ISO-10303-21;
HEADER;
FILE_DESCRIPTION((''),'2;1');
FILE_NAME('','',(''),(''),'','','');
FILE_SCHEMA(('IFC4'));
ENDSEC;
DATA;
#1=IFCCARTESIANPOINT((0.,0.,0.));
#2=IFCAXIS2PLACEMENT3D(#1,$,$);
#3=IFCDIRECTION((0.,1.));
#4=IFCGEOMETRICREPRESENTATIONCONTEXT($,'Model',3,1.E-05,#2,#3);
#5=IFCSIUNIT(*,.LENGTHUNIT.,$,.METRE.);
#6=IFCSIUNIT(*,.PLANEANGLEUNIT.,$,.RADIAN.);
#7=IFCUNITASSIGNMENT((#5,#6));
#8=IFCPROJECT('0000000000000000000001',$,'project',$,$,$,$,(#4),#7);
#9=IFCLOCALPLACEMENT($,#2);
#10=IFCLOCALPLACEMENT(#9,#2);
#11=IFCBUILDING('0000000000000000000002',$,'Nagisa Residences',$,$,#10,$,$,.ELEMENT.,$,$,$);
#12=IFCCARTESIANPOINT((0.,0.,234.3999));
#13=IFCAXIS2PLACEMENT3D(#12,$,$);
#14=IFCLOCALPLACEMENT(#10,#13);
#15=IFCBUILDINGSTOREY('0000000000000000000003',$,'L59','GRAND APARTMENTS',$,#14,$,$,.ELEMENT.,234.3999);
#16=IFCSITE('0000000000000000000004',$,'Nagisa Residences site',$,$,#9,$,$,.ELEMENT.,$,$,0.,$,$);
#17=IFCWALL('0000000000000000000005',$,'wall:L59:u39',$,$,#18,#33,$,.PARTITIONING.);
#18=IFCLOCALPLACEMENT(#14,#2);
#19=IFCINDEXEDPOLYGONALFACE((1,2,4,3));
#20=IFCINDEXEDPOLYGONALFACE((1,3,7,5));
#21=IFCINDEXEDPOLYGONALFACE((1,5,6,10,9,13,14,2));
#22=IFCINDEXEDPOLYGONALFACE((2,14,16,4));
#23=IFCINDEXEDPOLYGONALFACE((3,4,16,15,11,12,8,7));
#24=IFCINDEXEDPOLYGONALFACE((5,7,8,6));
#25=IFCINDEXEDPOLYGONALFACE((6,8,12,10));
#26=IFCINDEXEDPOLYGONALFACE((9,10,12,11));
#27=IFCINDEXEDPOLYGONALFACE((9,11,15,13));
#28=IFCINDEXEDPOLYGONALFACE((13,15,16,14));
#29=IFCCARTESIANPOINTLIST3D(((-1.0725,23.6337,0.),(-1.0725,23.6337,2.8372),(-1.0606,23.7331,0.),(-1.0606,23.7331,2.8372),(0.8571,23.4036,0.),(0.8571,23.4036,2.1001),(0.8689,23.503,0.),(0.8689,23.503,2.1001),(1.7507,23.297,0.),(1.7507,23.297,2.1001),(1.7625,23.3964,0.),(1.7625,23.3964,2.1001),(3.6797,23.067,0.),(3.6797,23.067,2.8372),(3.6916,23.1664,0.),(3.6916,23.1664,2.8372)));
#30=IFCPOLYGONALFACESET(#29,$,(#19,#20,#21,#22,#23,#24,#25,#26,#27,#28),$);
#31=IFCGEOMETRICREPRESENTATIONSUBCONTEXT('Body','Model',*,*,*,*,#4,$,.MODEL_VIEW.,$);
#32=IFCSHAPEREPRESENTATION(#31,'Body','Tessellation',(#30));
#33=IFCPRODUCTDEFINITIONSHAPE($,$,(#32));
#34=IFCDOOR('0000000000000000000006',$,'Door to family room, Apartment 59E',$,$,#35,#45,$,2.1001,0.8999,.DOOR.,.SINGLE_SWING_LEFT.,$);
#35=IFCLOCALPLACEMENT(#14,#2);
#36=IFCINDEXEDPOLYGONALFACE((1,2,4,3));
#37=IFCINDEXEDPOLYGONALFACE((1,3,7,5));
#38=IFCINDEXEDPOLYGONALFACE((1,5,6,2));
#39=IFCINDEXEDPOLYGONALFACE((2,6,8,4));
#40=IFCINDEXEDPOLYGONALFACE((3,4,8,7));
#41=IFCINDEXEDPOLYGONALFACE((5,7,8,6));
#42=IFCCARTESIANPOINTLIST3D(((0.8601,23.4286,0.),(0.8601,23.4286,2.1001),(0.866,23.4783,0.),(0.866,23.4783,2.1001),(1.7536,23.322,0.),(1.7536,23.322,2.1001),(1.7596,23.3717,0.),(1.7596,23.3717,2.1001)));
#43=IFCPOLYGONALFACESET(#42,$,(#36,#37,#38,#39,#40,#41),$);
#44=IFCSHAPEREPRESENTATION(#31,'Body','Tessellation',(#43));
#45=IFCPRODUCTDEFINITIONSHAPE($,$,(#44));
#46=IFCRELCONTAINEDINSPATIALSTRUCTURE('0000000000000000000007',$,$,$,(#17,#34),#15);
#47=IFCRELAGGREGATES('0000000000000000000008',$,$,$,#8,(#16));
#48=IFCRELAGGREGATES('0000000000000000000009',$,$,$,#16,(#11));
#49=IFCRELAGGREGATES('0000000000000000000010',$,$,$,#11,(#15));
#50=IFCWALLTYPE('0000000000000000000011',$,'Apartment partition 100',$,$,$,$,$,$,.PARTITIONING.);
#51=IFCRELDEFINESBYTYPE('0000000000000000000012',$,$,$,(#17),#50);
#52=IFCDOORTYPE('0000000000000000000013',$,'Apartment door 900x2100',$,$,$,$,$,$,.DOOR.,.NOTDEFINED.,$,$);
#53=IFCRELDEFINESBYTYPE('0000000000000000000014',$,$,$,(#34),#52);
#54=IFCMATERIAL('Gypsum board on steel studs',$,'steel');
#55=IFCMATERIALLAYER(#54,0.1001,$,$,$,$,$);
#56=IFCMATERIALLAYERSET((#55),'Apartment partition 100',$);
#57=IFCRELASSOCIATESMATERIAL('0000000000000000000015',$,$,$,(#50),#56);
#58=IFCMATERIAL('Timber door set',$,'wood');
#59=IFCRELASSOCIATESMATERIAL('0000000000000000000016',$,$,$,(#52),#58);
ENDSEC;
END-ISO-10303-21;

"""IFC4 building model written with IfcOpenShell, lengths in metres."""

from ifc_helpers import new_model, si_unit, direction, frame, frame_2d, origin, place, context, subcontext, project, spatial, rectangle, extrude, material, layer, layer_set, type_object, element, fill, save


model = new_model("IFC4")

# Units and contexts
model_context = context("Model", 3, precision=1e-05, world=origin(), true_north=direction((0.0, 1.0)))
body_context = subcontext(model_context, "Body", "Model", "MODEL_VIEW")
ifc_project = project(units=[si_unit("LENGTHUNIT", "METRE"), si_unit("PLANEANGLEUNIT", "RADIAN")], contexts=[model_context])

# Site, building, storey
site_placement = place(None, origin())
site = spatial("IfcSite", under=ifc_project, at=site_placement, Name="Nagisa Residences site", CompositionType="ELEMENT", RefElevation=0.0)
building_placement = place(site_placement, origin())
building = spatial("IfcBuilding", under=site, at=building_placement, Name="Nagisa Residences", CompositionType="ELEMENT")
storey_placement = place(building_placement, frame((0.0, 0.0, 234.3999)))
storey = spatial("IfcBuildingStorey", under=building, at=storey_placement, Name="L59", Description="GRAND APARTMENTS", CompositionType="ELEMENT", Elevation=234.3999)

# Shared definitions
ifc_material_1 = material(Name="Gypsum board on steel studs", Category="steel")
ifc_layer_1 = layer(ifc_material_1, 0.1001)
ifc_layer_set_1 = layer_set([ifc_layer_1], Name="Apartment partition 100")
wall_type_1 = type_object("IfcWallType", Name="Apartment partition 100", PredefinedType="PARTITIONING", material=ifc_layer_set_1)

# Shared definitions
ifc_material_2 = material(Name="Timber door set", Category="wood")
door_type_1 = type_object("IfcDoorType", Name="Apartment door 900x2100", OperationType="NOTDEFINED", PredefinedType="DOOR", material=ifc_material_2)

# Wall, opening, door
wall_1_placement = place(storey_placement, frame((3.6858, 23.1167, 0.0), z_axis=(0.0, 0.0, 1.0), x_axis=(-0.992966, 0.118401, 0.0)))
wall_1 = element("IfcWall", 1, at=wall_1_placement, inside=storey, type_object=wall_type_1, Name="wall:L59:u39", PredefinedType="PARTITIONING", context=body_context, shape_type="SweptSolid", body=[
    extrude(rectangle(XDim=4.7859, YDim=0.1001, at=frame_2d((2.3931, 0.0))), origin(), (0.0, 0.0, 1.0), 2.8372),
])
opening_1_placement = place(wall_1_placement, frame((1.9429, 0.0, 0.0)))
opening_1 = element("IfcOpeningElement", 2, at=opening_1_placement, cuts=wall_1, PredefinedType="OPENING", context=body_context, shape_type="SweptSolid", body=[
    extrude(rectangle(XDim=0.8999, YDim=2.1001, at=frame_2d((0.45, 1.05))), frame((0.0, 0.0601, 0.0), z_axis=(0.0, -1.0, 0.0), x_axis=(1.0, 0.0, 0.0)), (0.0, 0.0, 1.0), 0.1201),
])
door_1_placement = place(opening_1_placement, origin())
door_1 = element("IfcDoor", 3, at=door_1_placement, inside=storey, type_object=door_type_1, Name="Door to family room, Apartment 59E", OperationType="SINGLE_SWING_LEFT", OverallHeight=2.1001, OverallWidth=0.8999, PredefinedType="DOOR", context=body_context, shape_type="SweptSolid", body=[
    extrude(rectangle(XDim=0.8999, YDim=2.1001, at=frame_2d((0.45, 1.05))), frame((0.0, 0.0249, 0.0), z_axis=(0.0, -1.0, 0.0), x_axis=(1.0, 0.0, 0.0)), (0.0, 0.0, 1.0), 0.05),
])
fill(opening_1, door_1)

save(model, "model.ifc")
